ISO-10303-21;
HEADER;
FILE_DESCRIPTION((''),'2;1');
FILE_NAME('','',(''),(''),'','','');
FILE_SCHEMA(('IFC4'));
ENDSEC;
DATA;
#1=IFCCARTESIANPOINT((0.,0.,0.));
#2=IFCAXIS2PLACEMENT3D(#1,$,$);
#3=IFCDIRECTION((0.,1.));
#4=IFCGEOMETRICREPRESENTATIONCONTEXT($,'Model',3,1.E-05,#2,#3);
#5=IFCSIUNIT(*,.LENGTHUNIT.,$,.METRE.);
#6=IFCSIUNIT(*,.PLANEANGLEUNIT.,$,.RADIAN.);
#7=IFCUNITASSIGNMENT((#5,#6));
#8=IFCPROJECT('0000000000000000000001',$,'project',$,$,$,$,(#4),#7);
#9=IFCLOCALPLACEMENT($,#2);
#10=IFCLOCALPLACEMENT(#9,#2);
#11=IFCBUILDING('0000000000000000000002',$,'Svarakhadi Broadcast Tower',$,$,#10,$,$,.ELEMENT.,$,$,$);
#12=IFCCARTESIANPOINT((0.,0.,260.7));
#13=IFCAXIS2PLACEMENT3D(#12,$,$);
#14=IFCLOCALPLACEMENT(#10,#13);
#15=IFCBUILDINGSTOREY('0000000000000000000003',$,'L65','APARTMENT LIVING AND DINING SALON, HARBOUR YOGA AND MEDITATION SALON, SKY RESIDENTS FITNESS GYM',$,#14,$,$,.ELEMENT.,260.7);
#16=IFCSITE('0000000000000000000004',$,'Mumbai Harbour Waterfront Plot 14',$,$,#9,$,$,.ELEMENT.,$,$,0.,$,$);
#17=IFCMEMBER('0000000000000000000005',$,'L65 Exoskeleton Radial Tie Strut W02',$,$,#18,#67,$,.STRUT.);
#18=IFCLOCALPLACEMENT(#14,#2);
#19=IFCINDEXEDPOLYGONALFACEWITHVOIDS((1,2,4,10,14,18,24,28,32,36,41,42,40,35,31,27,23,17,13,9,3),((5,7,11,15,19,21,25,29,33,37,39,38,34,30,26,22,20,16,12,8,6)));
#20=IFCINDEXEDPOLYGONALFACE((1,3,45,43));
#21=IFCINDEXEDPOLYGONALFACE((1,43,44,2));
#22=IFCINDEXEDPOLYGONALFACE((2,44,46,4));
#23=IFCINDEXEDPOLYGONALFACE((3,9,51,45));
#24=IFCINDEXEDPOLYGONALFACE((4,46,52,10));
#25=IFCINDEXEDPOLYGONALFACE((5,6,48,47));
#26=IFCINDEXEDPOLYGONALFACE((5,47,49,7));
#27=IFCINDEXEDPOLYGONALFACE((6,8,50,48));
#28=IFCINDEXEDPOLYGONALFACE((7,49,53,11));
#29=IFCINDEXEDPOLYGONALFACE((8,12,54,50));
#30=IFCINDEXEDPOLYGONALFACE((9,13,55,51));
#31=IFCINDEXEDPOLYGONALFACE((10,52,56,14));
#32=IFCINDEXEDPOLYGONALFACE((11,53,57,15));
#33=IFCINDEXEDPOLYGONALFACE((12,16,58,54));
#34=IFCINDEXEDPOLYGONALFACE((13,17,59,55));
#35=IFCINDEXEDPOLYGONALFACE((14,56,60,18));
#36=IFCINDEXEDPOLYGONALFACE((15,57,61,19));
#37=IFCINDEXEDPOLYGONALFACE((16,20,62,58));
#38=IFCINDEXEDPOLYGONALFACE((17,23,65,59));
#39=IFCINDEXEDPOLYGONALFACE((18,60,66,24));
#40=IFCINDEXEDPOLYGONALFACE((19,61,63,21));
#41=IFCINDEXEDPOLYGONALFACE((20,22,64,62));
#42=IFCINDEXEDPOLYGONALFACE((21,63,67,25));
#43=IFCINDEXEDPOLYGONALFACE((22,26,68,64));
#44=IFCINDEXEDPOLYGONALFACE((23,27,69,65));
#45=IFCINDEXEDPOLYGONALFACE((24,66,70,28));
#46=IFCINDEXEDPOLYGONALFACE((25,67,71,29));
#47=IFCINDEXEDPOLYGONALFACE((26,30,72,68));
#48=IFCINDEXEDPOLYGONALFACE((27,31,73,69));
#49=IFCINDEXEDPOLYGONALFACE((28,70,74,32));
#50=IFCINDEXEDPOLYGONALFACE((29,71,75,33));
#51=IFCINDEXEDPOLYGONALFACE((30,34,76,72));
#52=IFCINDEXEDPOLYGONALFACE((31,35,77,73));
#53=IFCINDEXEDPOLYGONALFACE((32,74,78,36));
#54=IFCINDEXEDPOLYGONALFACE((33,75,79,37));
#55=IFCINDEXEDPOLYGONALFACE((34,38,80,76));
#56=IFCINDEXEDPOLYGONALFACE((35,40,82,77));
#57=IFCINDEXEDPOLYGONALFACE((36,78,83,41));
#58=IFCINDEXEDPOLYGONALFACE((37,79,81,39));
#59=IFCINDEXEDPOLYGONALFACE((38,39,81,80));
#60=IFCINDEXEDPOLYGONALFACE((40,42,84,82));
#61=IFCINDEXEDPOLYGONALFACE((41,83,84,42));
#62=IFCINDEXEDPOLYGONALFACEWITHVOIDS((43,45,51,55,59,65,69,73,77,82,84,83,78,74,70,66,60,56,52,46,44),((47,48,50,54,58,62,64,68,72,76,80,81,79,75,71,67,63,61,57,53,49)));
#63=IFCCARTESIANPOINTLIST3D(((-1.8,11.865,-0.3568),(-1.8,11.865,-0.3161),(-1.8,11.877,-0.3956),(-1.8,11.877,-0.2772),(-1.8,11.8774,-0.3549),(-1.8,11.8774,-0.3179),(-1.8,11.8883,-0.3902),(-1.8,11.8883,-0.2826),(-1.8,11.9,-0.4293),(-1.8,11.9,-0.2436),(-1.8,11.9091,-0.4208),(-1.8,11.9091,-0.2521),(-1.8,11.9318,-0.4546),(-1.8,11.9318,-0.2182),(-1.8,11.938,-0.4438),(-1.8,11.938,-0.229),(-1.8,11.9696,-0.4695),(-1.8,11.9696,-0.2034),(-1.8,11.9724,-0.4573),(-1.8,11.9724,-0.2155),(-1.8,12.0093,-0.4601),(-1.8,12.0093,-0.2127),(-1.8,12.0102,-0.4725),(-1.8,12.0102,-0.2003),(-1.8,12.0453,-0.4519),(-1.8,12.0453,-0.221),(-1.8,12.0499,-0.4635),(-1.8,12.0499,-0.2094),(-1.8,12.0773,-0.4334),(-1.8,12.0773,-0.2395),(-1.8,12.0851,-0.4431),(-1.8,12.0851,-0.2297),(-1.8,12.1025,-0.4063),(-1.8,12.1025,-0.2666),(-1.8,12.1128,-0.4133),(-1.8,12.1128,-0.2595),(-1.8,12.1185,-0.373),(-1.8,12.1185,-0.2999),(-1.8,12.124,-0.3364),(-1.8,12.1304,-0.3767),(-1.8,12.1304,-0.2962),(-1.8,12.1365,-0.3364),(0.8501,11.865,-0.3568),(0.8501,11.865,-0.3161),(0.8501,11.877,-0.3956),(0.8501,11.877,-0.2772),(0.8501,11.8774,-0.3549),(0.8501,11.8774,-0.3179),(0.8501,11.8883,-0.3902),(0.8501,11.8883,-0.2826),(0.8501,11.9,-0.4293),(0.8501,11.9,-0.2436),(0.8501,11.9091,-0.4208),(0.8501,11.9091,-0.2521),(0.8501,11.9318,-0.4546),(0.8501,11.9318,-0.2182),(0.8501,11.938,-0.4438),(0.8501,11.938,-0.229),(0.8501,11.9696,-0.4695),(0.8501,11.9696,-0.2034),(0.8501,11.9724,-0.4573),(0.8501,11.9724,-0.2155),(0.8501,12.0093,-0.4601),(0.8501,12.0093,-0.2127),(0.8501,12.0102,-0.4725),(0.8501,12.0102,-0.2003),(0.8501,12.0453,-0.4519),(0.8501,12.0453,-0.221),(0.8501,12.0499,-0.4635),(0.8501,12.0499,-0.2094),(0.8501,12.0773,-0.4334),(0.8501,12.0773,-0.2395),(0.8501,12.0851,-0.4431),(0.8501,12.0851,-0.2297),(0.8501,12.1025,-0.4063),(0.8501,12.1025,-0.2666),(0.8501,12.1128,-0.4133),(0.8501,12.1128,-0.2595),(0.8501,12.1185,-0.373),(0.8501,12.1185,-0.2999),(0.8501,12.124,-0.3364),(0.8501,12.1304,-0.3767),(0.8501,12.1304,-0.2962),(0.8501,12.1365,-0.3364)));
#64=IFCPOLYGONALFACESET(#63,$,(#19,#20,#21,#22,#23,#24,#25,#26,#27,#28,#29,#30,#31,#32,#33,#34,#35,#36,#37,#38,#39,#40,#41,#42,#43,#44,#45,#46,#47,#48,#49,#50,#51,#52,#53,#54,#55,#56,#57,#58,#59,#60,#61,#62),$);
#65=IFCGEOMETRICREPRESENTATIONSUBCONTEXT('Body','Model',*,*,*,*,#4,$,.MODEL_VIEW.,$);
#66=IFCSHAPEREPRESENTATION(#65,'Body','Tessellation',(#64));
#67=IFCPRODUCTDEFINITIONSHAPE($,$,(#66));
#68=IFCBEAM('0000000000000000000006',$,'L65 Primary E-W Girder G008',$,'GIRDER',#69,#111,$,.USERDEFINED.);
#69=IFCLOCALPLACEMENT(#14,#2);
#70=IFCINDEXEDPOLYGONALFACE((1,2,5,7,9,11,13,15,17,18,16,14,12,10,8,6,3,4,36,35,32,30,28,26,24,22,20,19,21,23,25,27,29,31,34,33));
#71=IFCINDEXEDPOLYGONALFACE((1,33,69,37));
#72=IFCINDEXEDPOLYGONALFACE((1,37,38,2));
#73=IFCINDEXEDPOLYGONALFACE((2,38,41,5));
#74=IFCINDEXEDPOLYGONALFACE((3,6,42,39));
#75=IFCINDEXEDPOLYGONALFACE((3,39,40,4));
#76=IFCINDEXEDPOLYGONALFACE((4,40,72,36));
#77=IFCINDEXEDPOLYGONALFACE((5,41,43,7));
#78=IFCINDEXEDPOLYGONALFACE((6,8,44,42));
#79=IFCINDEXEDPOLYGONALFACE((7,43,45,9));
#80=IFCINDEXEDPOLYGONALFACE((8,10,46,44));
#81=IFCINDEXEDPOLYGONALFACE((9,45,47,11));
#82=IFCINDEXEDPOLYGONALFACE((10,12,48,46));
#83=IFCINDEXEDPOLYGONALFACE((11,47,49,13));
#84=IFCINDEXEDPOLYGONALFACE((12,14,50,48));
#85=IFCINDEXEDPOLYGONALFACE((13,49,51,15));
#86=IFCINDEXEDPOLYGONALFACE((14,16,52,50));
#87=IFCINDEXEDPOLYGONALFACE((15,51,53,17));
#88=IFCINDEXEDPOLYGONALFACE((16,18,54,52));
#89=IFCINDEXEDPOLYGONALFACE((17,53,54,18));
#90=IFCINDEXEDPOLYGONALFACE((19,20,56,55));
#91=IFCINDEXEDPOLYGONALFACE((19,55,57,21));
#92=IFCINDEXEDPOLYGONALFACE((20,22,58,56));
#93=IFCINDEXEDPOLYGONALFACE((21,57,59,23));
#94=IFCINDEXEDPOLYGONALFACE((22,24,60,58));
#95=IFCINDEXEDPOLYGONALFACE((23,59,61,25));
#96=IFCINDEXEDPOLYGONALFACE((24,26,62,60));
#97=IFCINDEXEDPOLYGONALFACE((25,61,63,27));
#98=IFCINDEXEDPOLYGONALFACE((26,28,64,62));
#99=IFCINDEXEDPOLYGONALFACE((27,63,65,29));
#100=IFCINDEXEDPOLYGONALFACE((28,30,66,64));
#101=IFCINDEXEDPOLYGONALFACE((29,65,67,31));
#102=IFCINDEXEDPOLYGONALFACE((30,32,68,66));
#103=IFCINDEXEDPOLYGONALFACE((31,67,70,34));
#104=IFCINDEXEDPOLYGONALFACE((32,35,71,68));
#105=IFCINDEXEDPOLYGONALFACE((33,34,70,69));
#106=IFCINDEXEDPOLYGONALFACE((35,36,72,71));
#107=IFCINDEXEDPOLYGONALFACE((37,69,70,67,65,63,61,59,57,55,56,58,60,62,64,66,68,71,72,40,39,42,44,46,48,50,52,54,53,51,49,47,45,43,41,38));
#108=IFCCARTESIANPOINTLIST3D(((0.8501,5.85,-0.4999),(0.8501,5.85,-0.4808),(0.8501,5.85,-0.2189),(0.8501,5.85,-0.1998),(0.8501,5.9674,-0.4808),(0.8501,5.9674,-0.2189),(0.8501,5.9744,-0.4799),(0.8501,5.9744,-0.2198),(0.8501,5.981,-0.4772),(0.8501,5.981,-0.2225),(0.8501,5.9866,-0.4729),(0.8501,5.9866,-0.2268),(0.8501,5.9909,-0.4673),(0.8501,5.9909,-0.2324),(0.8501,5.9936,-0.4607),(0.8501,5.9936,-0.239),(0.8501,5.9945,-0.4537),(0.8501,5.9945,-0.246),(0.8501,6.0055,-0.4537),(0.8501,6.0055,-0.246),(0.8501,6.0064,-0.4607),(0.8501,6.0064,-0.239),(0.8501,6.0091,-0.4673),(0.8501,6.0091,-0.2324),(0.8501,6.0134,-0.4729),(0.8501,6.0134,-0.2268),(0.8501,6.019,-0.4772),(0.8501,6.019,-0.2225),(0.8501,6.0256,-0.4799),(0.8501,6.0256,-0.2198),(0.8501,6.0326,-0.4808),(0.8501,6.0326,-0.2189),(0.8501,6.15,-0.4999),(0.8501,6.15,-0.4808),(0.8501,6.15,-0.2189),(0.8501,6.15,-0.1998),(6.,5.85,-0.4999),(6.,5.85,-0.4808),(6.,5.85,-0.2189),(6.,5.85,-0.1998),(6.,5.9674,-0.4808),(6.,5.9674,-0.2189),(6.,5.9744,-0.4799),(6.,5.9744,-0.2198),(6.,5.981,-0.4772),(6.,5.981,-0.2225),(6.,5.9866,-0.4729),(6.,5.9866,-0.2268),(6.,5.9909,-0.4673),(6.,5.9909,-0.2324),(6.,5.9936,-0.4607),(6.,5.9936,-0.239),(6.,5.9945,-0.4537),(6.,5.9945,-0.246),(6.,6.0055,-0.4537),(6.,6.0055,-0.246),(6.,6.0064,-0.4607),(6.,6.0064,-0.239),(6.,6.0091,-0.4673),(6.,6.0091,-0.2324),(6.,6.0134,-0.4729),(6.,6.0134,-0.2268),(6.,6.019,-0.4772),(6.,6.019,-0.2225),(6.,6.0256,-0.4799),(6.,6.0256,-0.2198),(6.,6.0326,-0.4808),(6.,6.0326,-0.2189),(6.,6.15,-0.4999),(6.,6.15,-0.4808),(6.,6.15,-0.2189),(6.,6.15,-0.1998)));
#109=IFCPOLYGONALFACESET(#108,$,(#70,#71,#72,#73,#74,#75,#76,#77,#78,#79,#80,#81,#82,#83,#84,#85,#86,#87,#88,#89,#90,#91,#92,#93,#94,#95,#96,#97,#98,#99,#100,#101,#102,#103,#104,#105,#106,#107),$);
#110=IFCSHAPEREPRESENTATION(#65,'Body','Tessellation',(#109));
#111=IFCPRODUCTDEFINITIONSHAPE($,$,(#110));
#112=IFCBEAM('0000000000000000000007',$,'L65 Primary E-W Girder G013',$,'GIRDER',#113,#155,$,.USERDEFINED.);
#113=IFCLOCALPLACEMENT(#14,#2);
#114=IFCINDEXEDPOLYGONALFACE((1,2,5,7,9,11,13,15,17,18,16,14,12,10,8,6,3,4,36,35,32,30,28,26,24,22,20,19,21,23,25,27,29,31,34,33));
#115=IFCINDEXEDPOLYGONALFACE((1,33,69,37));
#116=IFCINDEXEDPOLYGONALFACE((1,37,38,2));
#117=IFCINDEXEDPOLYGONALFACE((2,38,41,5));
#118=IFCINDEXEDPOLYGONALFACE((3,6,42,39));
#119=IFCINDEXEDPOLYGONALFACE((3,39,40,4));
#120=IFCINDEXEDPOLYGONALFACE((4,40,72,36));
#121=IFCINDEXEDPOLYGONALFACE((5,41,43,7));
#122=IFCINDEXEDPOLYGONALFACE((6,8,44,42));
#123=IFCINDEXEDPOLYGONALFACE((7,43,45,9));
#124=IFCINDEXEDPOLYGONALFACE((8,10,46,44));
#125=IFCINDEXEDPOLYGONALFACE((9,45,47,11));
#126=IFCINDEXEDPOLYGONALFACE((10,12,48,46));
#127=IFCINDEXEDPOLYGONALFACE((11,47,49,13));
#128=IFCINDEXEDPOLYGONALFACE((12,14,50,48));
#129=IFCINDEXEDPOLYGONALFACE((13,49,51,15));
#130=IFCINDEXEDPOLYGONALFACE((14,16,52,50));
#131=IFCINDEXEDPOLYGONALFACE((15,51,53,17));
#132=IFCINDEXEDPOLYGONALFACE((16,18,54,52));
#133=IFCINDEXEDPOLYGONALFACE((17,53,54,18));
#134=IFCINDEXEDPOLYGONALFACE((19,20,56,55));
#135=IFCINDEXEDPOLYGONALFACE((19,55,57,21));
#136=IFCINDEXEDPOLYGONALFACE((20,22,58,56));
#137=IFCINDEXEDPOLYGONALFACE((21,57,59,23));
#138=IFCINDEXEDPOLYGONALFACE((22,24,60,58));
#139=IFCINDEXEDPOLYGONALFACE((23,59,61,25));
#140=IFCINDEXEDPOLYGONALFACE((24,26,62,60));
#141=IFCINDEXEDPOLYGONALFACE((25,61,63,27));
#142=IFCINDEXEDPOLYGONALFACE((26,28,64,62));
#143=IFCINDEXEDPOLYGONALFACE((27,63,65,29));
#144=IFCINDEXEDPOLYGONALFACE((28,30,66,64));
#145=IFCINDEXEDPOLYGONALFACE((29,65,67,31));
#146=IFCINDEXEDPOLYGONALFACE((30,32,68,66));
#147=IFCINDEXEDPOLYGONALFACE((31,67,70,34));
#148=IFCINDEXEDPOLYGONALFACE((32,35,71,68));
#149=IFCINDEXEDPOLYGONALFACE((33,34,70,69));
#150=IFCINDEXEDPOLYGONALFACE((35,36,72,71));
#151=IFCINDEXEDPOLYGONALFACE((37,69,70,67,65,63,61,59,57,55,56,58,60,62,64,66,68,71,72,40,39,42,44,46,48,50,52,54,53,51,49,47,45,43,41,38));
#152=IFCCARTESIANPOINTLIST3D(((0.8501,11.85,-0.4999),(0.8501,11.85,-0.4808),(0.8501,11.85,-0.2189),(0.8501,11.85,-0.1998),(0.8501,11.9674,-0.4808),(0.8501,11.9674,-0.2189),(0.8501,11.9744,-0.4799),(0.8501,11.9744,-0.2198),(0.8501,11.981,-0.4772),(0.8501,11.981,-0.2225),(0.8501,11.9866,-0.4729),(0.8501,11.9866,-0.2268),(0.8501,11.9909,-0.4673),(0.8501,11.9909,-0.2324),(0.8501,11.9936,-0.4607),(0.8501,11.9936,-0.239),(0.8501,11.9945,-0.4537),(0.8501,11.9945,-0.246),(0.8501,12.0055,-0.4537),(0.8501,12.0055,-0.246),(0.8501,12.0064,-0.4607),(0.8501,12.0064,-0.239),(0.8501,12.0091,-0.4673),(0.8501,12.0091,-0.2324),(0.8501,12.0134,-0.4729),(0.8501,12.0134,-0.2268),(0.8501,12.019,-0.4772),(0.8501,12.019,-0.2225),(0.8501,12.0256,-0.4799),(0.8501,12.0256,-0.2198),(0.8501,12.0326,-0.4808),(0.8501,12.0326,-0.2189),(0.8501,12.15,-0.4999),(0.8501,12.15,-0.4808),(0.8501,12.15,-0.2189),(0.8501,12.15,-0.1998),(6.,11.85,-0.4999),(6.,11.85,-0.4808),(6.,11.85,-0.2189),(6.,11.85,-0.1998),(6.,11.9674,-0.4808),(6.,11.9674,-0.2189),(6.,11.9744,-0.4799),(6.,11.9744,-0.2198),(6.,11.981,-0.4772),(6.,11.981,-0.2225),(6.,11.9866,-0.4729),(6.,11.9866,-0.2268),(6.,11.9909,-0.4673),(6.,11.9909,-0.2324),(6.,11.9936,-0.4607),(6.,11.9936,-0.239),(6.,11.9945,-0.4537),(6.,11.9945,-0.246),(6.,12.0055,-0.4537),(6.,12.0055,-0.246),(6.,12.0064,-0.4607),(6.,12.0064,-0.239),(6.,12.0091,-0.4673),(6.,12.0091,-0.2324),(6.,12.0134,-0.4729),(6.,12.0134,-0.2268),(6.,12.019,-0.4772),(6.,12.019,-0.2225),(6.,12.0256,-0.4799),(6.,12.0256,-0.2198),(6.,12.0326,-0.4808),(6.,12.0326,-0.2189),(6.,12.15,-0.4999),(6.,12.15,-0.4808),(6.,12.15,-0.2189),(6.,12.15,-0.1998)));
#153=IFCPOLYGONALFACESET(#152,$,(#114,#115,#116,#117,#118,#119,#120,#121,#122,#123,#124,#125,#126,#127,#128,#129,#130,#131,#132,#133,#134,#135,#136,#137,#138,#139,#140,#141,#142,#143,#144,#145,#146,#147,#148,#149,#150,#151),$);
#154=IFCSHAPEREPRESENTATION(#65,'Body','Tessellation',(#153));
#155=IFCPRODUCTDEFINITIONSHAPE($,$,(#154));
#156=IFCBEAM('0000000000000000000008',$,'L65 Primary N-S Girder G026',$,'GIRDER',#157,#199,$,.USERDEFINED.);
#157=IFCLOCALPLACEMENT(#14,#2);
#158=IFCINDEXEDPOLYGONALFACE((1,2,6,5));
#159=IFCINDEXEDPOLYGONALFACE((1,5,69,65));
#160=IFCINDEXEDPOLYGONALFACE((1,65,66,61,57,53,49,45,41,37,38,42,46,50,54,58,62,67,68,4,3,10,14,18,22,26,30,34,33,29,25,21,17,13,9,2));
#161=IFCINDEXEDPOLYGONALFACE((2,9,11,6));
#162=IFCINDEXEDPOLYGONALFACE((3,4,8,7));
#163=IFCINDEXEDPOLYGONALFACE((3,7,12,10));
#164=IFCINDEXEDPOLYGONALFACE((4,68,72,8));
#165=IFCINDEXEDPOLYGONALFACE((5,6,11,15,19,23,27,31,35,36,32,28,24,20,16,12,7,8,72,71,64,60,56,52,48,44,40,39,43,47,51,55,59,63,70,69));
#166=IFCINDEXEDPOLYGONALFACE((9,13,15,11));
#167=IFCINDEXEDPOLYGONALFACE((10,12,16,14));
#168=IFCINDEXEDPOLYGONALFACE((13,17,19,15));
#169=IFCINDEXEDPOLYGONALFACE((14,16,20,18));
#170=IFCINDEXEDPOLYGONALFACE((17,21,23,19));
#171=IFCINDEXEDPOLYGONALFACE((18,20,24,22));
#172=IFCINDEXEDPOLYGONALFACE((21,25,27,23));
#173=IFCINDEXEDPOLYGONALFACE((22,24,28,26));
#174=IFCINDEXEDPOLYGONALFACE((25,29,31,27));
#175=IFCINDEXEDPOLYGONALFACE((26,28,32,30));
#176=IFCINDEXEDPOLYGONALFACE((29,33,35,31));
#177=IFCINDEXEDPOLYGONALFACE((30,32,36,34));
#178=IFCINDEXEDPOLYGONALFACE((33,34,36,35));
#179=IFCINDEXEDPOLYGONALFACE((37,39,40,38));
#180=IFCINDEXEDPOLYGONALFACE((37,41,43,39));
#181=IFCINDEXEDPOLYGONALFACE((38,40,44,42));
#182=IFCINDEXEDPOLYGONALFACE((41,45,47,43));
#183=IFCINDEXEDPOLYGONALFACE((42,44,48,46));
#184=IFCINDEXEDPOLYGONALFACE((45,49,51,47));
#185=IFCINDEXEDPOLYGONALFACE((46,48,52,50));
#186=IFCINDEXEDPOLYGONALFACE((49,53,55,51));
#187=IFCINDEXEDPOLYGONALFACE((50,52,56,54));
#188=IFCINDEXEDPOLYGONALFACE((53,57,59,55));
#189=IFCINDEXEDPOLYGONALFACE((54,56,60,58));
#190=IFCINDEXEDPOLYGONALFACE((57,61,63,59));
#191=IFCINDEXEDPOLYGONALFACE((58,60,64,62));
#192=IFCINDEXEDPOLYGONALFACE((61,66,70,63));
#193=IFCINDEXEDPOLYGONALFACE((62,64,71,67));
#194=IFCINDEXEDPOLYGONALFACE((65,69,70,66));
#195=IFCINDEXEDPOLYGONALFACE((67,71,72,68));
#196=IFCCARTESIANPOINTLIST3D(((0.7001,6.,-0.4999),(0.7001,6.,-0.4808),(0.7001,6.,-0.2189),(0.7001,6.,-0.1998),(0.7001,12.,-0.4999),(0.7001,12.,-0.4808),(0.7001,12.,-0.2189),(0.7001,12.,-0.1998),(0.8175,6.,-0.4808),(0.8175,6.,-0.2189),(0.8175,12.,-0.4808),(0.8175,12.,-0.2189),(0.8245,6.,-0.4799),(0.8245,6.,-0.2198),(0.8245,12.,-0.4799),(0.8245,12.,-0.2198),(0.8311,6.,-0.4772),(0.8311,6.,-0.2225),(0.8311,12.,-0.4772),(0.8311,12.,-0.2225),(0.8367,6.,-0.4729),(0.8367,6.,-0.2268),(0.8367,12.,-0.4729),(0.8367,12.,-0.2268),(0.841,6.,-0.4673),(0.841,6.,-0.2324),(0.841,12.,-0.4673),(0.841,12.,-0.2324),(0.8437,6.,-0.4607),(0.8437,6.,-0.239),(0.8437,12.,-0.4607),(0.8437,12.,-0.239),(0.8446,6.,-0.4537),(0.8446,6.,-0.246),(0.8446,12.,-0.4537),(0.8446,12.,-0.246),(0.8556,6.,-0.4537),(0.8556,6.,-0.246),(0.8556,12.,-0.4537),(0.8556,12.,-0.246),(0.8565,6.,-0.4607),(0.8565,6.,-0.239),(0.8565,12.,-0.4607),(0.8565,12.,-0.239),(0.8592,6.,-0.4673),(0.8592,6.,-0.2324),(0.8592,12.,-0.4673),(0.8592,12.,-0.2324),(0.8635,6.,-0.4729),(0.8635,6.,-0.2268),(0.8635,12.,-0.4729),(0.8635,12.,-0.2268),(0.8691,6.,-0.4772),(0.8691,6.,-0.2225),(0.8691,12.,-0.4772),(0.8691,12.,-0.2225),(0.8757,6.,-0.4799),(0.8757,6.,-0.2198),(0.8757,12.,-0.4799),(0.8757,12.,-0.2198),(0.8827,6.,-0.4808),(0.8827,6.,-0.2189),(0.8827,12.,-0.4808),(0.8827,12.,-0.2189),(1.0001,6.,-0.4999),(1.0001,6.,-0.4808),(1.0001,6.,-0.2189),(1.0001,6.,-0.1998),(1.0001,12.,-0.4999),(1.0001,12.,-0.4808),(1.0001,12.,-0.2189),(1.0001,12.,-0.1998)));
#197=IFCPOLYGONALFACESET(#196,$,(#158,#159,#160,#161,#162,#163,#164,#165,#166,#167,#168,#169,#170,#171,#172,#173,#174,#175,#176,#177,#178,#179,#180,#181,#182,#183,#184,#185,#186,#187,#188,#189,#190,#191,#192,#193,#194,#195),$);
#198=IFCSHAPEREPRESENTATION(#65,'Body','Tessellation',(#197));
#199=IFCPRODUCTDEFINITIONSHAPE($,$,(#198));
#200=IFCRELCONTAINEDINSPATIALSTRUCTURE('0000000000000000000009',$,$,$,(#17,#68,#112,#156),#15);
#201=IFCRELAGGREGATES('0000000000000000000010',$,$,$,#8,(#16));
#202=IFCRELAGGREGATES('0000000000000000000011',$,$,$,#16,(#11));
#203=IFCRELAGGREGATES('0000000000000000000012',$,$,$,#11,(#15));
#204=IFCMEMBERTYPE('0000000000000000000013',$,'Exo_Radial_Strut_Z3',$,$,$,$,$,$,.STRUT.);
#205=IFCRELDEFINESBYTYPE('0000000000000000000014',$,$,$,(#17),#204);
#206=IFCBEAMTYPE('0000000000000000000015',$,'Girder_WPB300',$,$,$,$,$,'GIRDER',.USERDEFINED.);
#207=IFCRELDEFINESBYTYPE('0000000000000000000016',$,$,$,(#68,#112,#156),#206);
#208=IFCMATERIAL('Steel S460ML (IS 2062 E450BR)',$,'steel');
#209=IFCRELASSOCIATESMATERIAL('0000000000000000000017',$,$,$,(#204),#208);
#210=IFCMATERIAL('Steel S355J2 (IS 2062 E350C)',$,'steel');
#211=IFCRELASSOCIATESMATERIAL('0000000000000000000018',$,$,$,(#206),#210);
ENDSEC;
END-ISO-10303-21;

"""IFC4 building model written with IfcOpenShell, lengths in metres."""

from ifc_helpers import new_model, si_unit, direction, frame, origin, origin_2d, place, context, subcontext, project, spatial, hollow_circle, i_section, extrude, material, material_profile, profile_set, type_object, element, save


model = new_model("IFC4")

# Units and contexts
model_context = context("Model", 3, precision=1e-05, world=origin(), true_north=direction((0.0, 1.0)))
body_context = subcontext(model_context, "Body", "Model", "MODEL_VIEW")
ifc_project = project(units=[si_unit("LENGTHUNIT", "METRE"), si_unit("PLANEANGLEUNIT", "RADIAN")], contexts=[model_context])

# Site, building, storey
site_placement = place(None, origin())
site = spatial("IfcSite", under=ifc_project, at=site_placement, Name="Mumbai Harbour Waterfront Plot 14", CompositionType="ELEMENT", RefElevation=0.0)
building_placement = place(site_placement, origin())
building = spatial("IfcBuilding", under=site, at=building_placement, Name="Svarakhadi Broadcast Tower", CompositionType="ELEMENT")
storey_placement = place(building_placement, frame((0.0, 0.0, 260.7)))
storey = spatial("IfcBuildingStorey", under=building, at=storey_placement, Name="L65", Description="APARTMENT LIVING AND DINING SALON, HARBOUR YOGA AND MEDITATION SALON, SKY RESIDENTS FITNESS GYM", CompositionType="ELEMENT", Elevation=260.7)

# Shared definitions
ifc_material_1 = material(Name="Steel S460ML (IS 2062 E450BR)", Category="steel")

# Shared definitions
ifc_material_2 = material(Name="Steel S355J2 (IS 2062 E350C)", Category="steel")

# Member
ifc_material_profile_1 = material_profile(ifc_material_1, hollow_circle(Radius=0.1365, WallThickness=0.0125, at=origin_2d()), Name="CHS 273x12.5")
ifc_profile_set_1 = profile_set([ifc_material_profile_1], Name="Steel S460ML (IS 2062 E450BR)")
member_type_1 = type_object("IfcMemberType", Name="Exo_Radial_Strut_Z3", PredefinedType="STRUT", material=ifc_profile_set_1)
member_1_placement = place(storey_placement, frame((-1.8, 12.0, -0.3364), z_axis=(1.0, 0.0, 0.0), x_axis=(0.0, 1.0, 0.0)))
element("IfcMember", 1, at=member_1_placement, inside=storey, type_object=member_type_1, Name="L65 Exoskeleton Radial Tie Strut W02", PredefinedType="STRUT", context=body_context, shape_type="SweptSolid", body=[
    extrude(hollow_circle(Radius=0.1365, WallThickness=0.0125, at=origin_2d()), origin(), (0.0, 0.0, 1.0), 2.6501),
])

# Beams
ifc_material_profile_2 = material_profile(ifc_material_2, i_section(OverallWidth=0.3, OverallDepth=0.3, WebThickness=0.011, FlangeThickness=0.019, FilletRadius=0.0271, at=origin_2d()), Name="WPB 300x300x117")
ifc_profile_set_2 = profile_set([ifc_material_profile_2], Name="Steel S355J2 (IS 2062 E350C)")
beam_type_1 = type_object("IfcBeamType", Name="Girder_WPB300", ElementType="GIRDER", PredefinedType="USERDEFINED", material=ifc_profile_set_2)
for number, where, z_axis, x_axis, name in (
    (2, (0.8501, 6.0, -0.3499), (1.0, 0.0, 0.0), (0.0, 1.0, 0.0), "L65 Primary E-W Girder G008"),
    (3, (0.8501, 12.0, -0.3499), (1.0, 0.0, 0.0), (0.0, 1.0, 0.0), "L65 Primary E-W Girder G013"),
):
    element("IfcBeam", number, at=place(storey_placement, frame(where, z_axis=z_axis, x_axis=x_axis)), inside=storey, type_object=beam_type_1, Name=name, ObjectType="GIRDER", PredefinedType="USERDEFINED", context=body_context, shape_type="SweptSolid", body=[
        extrude(i_section(OverallWidth=0.3, OverallDepth=0.3, WebThickness=0.011, FlangeThickness=0.019, FilletRadius=0.0271, at=origin_2d()), origin(), (0.0, 0.0, 1.0), 5.1499),
    ])
for number, where, z_axis, x_axis, name in (
    (4, (0.8501, 6.0, -0.3499), (0.0, 1.0, 0.0), (-1.0, 0.0, 0.0), "L65 Primary N-S Girder G026"),
):
    element("IfcBeam", number, at=place(storey_placement, frame(where, z_axis=z_axis, x_axis=x_axis)), inside=storey, type_object=beam_type_1, Name=name, ObjectType="GIRDER", PredefinedType="USERDEFINED", context=body_context, shape_type="SweptSolid", body=[
        extrude(i_section(OverallWidth=0.3, OverallDepth=0.3, WebThickness=0.011, FlangeThickness=0.019, FilletRadius=0.0271, at=origin_2d()), origin(), (0.0, 0.0, 1.0), 6.0),
    ])

save(model, "model.ifc")
